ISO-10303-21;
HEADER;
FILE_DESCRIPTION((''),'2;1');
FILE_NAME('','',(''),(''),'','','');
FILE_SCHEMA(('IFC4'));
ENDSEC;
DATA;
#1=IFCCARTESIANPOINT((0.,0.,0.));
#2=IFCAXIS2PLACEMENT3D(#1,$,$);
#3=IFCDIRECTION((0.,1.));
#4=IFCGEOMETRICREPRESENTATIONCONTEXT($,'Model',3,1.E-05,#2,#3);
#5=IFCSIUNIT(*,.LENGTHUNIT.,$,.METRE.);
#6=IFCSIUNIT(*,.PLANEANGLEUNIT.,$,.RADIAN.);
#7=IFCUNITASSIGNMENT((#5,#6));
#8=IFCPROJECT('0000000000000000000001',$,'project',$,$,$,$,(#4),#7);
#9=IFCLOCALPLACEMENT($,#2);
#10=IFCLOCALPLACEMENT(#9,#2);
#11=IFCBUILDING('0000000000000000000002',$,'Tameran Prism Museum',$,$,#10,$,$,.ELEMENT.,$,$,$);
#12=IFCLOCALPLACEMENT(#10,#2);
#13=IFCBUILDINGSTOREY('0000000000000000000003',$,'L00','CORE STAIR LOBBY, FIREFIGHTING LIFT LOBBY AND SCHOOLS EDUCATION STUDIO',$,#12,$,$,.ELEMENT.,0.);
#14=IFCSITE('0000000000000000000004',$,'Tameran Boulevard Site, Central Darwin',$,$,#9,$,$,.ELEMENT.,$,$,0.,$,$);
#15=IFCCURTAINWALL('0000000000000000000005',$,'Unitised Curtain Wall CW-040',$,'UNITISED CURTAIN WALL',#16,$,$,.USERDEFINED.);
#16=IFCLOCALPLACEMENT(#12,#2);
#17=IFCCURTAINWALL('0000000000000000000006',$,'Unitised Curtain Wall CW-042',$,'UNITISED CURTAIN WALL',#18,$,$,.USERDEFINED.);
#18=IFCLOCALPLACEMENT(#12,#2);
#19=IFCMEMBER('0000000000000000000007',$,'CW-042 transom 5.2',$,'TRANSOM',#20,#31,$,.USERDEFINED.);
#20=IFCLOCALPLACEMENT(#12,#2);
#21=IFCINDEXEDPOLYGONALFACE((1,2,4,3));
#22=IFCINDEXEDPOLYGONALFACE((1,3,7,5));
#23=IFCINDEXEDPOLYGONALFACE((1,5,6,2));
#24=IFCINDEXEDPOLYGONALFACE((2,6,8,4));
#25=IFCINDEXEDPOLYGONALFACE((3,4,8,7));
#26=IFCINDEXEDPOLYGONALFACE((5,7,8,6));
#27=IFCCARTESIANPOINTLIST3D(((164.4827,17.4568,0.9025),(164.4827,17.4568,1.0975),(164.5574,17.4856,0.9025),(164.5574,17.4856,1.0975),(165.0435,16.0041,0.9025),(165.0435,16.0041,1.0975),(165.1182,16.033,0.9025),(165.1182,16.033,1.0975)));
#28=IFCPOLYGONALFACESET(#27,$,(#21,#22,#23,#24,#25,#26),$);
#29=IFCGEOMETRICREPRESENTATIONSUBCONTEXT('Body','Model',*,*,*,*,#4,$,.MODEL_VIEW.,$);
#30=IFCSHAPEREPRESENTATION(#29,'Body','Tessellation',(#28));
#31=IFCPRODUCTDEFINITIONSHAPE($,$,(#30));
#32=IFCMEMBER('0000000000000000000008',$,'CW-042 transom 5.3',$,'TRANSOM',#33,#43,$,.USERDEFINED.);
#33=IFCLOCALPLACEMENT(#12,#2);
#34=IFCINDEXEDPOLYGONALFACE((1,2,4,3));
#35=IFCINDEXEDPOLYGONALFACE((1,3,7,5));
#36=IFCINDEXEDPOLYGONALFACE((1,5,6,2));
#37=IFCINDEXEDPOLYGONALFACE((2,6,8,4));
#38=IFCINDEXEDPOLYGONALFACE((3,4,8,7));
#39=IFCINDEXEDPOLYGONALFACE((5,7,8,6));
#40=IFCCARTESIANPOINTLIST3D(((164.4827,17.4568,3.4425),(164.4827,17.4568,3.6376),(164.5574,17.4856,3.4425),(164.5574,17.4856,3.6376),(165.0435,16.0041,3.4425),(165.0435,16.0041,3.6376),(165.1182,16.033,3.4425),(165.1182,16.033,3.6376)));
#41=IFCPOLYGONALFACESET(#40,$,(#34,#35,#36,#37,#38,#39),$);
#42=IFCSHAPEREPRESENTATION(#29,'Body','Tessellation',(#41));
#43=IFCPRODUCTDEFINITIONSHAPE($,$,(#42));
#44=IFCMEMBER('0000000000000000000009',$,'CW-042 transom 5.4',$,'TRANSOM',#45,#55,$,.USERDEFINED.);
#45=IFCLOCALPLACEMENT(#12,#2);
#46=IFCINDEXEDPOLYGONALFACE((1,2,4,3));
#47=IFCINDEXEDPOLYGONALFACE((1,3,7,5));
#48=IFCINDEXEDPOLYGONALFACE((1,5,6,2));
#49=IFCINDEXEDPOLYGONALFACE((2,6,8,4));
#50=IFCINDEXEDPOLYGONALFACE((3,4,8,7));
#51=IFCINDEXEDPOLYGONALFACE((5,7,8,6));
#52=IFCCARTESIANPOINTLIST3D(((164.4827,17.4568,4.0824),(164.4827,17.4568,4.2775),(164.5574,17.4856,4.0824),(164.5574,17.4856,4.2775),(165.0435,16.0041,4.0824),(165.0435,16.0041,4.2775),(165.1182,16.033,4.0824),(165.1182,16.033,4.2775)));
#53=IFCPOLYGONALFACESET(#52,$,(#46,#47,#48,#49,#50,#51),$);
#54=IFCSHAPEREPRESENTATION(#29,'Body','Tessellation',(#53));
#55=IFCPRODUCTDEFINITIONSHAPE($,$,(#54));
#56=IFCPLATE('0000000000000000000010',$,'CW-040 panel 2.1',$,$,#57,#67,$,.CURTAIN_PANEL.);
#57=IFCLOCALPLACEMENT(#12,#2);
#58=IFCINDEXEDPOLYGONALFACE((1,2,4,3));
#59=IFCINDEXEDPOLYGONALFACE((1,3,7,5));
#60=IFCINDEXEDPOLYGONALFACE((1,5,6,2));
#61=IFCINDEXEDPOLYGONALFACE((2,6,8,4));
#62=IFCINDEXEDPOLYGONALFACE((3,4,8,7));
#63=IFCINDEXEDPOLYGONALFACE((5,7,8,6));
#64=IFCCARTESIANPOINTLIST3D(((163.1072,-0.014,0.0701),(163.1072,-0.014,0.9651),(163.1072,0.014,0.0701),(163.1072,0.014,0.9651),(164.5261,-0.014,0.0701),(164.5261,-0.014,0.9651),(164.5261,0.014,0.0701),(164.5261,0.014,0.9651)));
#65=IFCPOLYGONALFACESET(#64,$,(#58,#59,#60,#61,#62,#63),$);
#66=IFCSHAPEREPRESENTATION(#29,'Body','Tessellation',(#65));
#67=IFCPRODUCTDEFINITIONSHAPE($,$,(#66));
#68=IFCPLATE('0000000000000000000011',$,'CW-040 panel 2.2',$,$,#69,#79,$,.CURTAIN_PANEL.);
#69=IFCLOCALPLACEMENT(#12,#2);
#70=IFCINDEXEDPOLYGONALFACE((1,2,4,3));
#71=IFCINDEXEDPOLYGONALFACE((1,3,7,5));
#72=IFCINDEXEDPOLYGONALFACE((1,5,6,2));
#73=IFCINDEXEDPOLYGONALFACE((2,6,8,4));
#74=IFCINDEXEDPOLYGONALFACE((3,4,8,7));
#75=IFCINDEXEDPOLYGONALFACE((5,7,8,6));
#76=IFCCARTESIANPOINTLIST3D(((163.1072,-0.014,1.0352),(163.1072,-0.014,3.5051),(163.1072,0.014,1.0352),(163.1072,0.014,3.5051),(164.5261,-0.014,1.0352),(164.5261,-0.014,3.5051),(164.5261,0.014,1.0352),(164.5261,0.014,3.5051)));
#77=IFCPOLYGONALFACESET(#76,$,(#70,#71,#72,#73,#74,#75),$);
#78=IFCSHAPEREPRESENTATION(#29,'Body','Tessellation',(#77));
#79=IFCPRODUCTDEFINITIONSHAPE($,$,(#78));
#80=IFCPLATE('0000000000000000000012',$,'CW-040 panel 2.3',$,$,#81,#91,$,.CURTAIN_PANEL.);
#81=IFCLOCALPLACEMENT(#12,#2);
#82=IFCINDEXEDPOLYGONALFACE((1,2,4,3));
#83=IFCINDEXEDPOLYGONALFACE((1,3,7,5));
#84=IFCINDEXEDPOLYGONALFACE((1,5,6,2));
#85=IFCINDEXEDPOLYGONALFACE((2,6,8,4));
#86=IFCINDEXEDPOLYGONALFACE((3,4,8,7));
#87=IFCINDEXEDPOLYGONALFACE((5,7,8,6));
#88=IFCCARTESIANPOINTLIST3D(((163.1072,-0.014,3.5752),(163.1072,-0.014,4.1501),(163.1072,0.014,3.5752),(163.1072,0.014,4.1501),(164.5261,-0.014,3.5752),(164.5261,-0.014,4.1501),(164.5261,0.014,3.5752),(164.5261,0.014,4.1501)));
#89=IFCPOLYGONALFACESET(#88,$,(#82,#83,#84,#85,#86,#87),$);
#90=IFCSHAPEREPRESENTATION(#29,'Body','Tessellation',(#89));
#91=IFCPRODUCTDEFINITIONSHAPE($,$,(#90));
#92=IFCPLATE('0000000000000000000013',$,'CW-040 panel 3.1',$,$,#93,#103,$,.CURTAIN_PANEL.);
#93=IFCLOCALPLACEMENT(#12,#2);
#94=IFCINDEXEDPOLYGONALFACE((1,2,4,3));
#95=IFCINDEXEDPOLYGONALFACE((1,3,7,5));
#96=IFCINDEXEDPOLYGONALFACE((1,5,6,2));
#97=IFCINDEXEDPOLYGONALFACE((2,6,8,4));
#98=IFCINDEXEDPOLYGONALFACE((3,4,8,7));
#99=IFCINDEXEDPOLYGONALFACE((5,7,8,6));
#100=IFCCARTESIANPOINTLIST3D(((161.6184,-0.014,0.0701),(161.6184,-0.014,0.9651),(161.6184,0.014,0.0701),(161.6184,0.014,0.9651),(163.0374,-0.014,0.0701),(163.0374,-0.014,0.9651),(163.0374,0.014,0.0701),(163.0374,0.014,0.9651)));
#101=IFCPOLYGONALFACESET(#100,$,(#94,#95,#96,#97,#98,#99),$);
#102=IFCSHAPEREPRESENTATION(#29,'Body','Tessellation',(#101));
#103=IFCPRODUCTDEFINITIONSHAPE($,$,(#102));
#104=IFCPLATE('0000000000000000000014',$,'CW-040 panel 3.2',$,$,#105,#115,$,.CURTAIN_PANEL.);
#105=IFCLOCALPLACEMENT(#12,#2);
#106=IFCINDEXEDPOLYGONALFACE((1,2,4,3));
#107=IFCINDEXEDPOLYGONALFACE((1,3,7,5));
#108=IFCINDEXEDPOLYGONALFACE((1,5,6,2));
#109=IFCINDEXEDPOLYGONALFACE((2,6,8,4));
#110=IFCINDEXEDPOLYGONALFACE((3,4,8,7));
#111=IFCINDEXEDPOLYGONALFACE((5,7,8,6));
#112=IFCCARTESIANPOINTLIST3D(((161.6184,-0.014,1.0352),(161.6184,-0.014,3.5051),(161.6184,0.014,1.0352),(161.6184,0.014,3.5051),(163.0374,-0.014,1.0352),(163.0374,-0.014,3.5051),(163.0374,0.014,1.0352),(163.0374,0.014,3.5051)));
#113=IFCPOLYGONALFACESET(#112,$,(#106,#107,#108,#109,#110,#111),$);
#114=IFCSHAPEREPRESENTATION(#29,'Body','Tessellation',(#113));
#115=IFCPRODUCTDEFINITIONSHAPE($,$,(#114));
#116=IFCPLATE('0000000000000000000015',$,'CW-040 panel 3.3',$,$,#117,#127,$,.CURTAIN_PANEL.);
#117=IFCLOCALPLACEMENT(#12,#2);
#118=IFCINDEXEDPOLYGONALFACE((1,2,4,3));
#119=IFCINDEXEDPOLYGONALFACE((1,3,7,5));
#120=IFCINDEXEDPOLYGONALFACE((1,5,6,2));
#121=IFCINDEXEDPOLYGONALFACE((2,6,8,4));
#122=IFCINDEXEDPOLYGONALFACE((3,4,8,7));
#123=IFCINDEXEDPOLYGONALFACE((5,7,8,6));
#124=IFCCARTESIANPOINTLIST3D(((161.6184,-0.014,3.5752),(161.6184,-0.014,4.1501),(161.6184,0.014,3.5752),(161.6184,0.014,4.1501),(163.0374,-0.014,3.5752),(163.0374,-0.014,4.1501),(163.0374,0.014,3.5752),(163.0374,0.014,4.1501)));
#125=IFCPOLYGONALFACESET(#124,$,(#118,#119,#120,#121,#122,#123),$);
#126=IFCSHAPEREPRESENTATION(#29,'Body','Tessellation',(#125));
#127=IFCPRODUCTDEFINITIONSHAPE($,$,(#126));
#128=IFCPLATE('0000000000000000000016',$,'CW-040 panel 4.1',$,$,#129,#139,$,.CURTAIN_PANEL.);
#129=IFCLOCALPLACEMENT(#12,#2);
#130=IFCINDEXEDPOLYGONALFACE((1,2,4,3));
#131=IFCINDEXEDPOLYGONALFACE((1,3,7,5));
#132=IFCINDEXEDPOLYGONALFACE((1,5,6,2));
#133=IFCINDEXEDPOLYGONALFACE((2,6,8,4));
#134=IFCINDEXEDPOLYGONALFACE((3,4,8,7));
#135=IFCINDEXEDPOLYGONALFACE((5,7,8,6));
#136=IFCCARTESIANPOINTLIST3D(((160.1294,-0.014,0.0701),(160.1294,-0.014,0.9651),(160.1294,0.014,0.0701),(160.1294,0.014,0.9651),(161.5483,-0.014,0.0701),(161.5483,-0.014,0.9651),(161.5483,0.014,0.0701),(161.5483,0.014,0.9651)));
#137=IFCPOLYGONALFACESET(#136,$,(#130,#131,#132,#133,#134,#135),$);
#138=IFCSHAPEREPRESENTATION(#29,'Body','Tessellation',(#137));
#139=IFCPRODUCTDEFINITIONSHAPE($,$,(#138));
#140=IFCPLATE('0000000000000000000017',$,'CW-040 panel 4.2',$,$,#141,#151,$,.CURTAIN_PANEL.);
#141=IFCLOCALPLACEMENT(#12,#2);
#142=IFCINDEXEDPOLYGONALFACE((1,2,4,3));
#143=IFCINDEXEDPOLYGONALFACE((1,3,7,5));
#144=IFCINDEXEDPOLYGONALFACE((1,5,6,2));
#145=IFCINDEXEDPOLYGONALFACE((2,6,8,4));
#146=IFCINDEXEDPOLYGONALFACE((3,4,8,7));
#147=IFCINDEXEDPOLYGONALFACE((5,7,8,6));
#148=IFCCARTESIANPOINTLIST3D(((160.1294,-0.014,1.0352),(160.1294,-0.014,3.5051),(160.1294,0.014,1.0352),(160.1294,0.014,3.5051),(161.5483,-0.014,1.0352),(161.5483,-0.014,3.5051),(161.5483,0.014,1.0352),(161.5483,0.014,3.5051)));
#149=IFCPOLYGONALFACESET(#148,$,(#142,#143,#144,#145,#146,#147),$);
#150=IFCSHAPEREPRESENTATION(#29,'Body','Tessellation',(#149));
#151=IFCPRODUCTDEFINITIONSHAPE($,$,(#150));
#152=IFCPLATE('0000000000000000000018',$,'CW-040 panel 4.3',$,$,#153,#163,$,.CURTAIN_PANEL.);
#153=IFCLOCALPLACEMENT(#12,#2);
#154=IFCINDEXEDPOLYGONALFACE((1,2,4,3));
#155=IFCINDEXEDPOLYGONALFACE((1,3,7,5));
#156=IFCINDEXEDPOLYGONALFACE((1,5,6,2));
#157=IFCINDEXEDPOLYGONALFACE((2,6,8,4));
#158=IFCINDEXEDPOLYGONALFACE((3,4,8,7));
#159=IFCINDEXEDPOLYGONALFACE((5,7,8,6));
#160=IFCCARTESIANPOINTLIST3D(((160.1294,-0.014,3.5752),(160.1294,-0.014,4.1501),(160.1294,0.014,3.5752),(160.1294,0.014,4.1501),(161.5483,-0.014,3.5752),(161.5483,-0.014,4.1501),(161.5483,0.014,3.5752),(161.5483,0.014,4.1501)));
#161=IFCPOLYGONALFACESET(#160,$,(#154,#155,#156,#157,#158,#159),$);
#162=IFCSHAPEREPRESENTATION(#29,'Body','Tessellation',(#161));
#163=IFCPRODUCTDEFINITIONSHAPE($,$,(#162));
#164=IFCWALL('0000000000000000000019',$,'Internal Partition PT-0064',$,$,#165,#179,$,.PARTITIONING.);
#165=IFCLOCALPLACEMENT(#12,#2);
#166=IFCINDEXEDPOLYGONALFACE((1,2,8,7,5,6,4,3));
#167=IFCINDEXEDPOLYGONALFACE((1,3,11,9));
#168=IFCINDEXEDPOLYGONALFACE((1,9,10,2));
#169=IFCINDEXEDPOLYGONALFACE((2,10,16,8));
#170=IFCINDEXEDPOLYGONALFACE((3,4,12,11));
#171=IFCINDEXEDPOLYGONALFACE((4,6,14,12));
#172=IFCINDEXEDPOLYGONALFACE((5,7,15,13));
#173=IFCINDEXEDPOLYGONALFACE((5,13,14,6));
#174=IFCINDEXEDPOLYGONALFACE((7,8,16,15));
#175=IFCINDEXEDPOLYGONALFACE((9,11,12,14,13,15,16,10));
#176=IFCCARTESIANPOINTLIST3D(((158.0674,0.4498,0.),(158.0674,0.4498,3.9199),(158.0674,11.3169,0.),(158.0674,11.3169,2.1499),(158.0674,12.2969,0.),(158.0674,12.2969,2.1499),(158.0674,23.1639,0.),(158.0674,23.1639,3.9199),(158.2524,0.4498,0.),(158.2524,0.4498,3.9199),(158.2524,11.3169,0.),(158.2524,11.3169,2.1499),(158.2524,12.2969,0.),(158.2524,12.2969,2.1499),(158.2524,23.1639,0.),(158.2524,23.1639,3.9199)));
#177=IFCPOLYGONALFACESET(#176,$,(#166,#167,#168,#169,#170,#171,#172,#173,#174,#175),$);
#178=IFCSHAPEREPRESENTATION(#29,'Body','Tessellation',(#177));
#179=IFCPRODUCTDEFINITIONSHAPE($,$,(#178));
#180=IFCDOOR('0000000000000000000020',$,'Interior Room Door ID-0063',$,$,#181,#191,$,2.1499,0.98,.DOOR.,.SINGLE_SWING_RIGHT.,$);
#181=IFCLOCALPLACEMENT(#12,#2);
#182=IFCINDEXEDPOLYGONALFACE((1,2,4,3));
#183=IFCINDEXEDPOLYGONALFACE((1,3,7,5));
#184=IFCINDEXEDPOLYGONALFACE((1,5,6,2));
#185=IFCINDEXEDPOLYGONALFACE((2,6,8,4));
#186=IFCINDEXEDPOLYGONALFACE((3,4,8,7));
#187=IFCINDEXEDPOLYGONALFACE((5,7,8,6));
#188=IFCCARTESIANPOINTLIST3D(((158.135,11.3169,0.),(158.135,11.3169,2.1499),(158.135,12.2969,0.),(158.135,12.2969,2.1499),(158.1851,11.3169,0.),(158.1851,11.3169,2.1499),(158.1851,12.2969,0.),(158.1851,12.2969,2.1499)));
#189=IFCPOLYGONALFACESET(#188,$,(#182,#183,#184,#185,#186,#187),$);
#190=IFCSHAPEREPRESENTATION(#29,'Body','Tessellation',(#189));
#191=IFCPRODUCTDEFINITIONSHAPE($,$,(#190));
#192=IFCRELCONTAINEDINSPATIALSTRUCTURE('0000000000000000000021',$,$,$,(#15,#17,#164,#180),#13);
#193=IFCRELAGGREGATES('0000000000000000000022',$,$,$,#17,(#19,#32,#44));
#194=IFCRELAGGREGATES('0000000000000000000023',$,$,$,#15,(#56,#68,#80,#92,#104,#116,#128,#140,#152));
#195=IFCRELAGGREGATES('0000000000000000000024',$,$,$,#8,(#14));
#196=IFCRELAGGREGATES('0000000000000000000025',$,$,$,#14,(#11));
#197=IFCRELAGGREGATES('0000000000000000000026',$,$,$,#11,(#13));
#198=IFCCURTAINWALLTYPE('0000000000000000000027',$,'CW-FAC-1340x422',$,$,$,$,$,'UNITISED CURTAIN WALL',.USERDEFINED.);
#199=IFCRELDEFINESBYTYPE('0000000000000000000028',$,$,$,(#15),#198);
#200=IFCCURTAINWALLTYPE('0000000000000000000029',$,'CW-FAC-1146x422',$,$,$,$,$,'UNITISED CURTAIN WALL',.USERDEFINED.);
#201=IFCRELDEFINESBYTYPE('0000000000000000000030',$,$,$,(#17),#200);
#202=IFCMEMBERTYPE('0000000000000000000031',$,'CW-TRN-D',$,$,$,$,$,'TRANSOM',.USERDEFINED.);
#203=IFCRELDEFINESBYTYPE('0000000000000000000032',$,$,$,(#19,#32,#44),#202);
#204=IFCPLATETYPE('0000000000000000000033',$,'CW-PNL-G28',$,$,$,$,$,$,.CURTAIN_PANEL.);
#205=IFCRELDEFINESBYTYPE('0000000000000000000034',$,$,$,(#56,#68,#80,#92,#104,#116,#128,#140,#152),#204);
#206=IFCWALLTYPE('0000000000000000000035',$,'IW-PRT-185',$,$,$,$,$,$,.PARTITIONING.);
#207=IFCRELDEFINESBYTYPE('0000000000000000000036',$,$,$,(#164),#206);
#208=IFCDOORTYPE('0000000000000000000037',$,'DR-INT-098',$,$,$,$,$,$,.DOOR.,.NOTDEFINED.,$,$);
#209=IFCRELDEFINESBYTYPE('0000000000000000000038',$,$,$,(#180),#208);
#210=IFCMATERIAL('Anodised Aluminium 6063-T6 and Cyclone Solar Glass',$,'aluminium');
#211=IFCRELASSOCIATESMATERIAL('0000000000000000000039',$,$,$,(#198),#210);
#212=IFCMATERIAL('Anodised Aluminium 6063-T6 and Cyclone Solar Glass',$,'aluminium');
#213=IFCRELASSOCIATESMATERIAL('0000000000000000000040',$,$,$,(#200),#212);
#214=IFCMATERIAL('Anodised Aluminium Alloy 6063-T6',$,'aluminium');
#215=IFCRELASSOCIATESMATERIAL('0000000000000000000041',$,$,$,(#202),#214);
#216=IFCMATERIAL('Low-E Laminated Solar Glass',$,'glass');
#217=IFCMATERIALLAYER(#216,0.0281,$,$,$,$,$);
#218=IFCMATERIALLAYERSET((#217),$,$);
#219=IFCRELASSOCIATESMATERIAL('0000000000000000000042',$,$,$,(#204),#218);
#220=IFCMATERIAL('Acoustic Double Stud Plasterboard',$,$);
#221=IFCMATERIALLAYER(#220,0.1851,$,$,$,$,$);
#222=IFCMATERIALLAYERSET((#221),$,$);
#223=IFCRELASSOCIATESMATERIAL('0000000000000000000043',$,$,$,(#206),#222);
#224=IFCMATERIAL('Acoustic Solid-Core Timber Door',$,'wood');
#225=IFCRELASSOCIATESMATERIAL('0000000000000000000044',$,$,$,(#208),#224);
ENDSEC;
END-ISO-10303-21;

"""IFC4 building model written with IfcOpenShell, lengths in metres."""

from ifc_helpers import new_model, si_unit, direction, frame, frame_2d, origin, origin_2d, place, context, subcontext, project, spatial, rectangle, extrude, material, layer, layer_set, material_profile, profile_set, type_object, element, fill, aggregate, save


model = new_model("IFC4")

# Units and contexts
model_context = context("Model", 3, precision=1e-05, world=origin(), true_north=direction((0.0, 1.0)))
body_context = subcontext(model_context, "Body", "Model", "MODEL_VIEW")
ifc_project = project(units=[si_unit("LENGTHUNIT", "METRE"), si_unit("PLANEANGLEUNIT", "RADIAN")], contexts=[model_context])

# Site, building, storey
site_placement = place(None, origin())
site = spatial("IfcSite", under=ifc_project, at=site_placement, Name="Tameran Boulevard Site, Central Darwin", CompositionType="ELEMENT", RefElevation=0.0)
building_placement = place(site_placement, origin())
building = spatial("IfcBuilding", under=site, at=building_placement, Name="Tameran Prism Museum", CompositionType="ELEMENT")
storey_placement = place(building_placement, origin())
storey = spatial("IfcBuildingStorey", under=building, at=storey_placement, Name="L00", Description="CORE STAIR LOBBY, FIREFIGHTING LIFT LOBBY AND SCHOOLS EDUCATION STUDIO", CompositionType="ELEMENT", Elevation=0.0)

# Curtain walls, members
ifc_material_1 = material(Name="Anodised Aluminium 6063-T6 and Cyclone Solar Glass", Category="aluminium")
curtain_wall_type_1 = type_object("IfcCurtainWallType", Name="CW-FAC-1340x422", ElementType="UNITISED CURTAIN WALL", PredefinedType="USERDEFINED", material=ifc_material_1)
curtain_wall_1_placement = place(storey_placement, origin())
curtain_wall_1 = element("IfcCurtainWall", 1, at=curtain_wall_1_placement, inside=storey, type_object=curtain_wall_type_1, Name="Unitised Curtain Wall CW-040", ObjectType="UNITISED CURTAIN WALL", PredefinedType="USERDEFINED")
ifc_material_2 = material(Name="Anodised Aluminium 6063-T6 and Cyclone Solar Glass", Category="aluminium")
curtain_wall_type_2 = type_object("IfcCurtainWallType", Name="CW-FAC-1146x422", ElementType="UNITISED CURTAIN WALL", PredefinedType="USERDEFINED", material=ifc_material_2)
curtain_wall_2_placement = place(storey_placement, origin())
curtain_wall_2 = element("IfcCurtainWall", 2, at=curtain_wall_2_placement, inside=storey, type_object=curtain_wall_type_2, Name="Unitised Curtain Wall CW-042", ObjectType="UNITISED CURTAIN WALL", PredefinedType="USERDEFINED")
ifc_material_3 = material(Name="Anodised Aluminium Alloy 6063-T6", Category="aluminium")
ifc_material_profile_1 = material_profile(ifc_material_3, rectangle(XDim=0.0801, YDim=0.1951, at=origin_2d()))
ifc_profile_set_1 = profile_set([ifc_material_profile_1])
member_type_1 = type_object("IfcMemberType", Name="CW-TRN-D", ElementType="TRANSOM", PredefinedType="USERDEFINED", material=ifc_profile_set_1)
member_1_placement = place(storey_placement, frame((164.52, 17.4712, 1.0), z_axis=(0.360145, -0.932896, 0.0), x_axis=(0.932896, 0.360145, 0.0)))
member_1 = element("IfcMember", 3, at=member_1_placement, type_object=member_type_1, Name="CW-042 transom 5.2", ObjectType="TRANSOM", PredefinedType="USERDEFINED", context=body_context, shape_type="SweptSolid", body=[
    extrude(rectangle(XDim=0.0801, YDim=0.1951, at=origin_2d()), origin(), (0.0, 0.0, 1.0), 1.5571),
])
member_2_placement = place(storey_placement, frame((164.52, 17.4712, 3.54), z_axis=(0.360145, -0.932896, 0.0), x_axis=(0.932896, 0.360145, 0.0)))
member_2 = element("IfcMember", 4, at=member_2_placement, type_object=member_type_1, Name="CW-042 transom 5.3", ObjectType="TRANSOM", PredefinedType="USERDEFINED", context=body_context, shape_type="SweptSolid", body=[
    extrude(rectangle(XDim=0.0801, YDim=0.1951, at=origin_2d()), origin(), (0.0, 0.0, 1.0), 1.5571),
])
member_3_placement = place(storey_placement, frame((164.52, 17.4712, 4.1799), z_axis=(0.360145, -0.932896, 0.0), x_axis=(0.932896, 0.360145, 0.0)))
member_3 = element("IfcMember", 5, at=member_3_placement, type_object=member_type_1, Name="CW-042 transom 5.4", ObjectType="TRANSOM", PredefinedType="USERDEFINED", context=body_context, shape_type="SweptSolid", body=[
    extrude(rectangle(XDim=0.0801, YDim=0.1951, at=origin_2d()), origin(), (0.0, 0.0, 1.0), 1.5571),
])
aggregate(curtain_wall_2, [member_1, member_2, member_3])

# Plates
ifc_material_4 = material(Name="Low-E Laminated Solar Glass", Category="glass")
ifc_layer_1 = layer(ifc_material_4, 0.0281)
ifc_layer_set_1 = layer_set([ifc_layer_1])
plate_type = type_object("IfcPlateType", Name="CW-PNL-G28", PredefinedType="CURTAIN_PANEL", material=ifc_layer_set_1)
plate_1_placement = place(storey_placement, frame((163.8167, 0.0, 0.0701), z_axis=(0.0, 0.0, 1.0), x_axis=(-1.0, 0.0, 0.0)))
plate_1 = element("IfcPlate", 6, at=plate_1_placement, type_object=plate_type, Name="CW-040 panel 2.1", PredefinedType="CURTAIN_PANEL", context=body_context, shape_type="SweptSolid", body=[
    extrude(rectangle(XDim=1.4189, YDim=0.0281, at=origin_2d()), origin(), (0.0, 0.0, 1.0), 0.895),
])
plate_2_placement = place(storey_placement, frame((163.8167, 0.0, 1.0352), z_axis=(0.0, 0.0, 1.0), x_axis=(-1.0, 0.0, 0.0)))
plate_2 = element("IfcPlate", 7, at=plate_2_placement, type_object=plate_type, Name="CW-040 panel 2.2", PredefinedType="CURTAIN_PANEL", context=body_context, shape_type="SweptSolid", body=[
    extrude(rectangle(XDim=1.4189, YDim=0.0281, at=origin_2d()), origin(), (0.0, 0.0, 1.0), 2.47),
])
plate_3_placement = place(storey_placement, frame((163.8167, 0.0, 3.5752), z_axis=(0.0, 0.0, 1.0), x_axis=(-1.0, 0.0, 0.0)))
plate_3 = element("IfcPlate", 8, at=plate_3_placement, type_object=plate_type, Name="CW-040 panel 2.3", PredefinedType="CURTAIN_PANEL", context=body_context, shape_type="SweptSolid", body=[
    extrude(rectangle(XDim=1.4189, YDim=0.0281, at=origin_2d()), origin(), (0.0, 0.0, 1.0), 0.575),
])
plate_4_placement = place(storey_placement, frame((162.3279, 0.0, 0.0701), z_axis=(0.0, 0.0, 1.0), x_axis=(-1.0, 0.0, 0.0)))
plate_4 = element("IfcPlate", 9, at=plate_4_placement, type_object=plate_type, Name="CW-040 panel 3.1", PredefinedType="CURTAIN_PANEL", context=body_context, shape_type="SweptSolid", body=[
    extrude(rectangle(XDim=1.4189, YDim=0.0281, at=origin_2d()), origin(), (0.0, 0.0, 1.0), 0.895),
])
plate_5_placement = place(storey_placement, frame((162.3279, 0.0, 1.0352), z_axis=(0.0, 0.0, 1.0), x_axis=(-1.0, 0.0, 0.0)))
plate_5 = element("IfcPlate", 10, at=plate_5_placement, type_object=plate_type, Name="CW-040 panel 3.2", PredefinedType="CURTAIN_PANEL", context=body_context, shape_type="SweptSolid", body=[
    extrude(rectangle(XDim=1.4189, YDim=0.0281, at=origin_2d()), origin(), (0.0, 0.0, 1.0), 2.47),
])
plate_6_placement = place(storey_placement, frame((162.3279, 0.0, 3.5752), z_axis=(0.0, 0.0, 1.0), x_axis=(-1.0, 0.0, 0.0)))
plate_6 = element("IfcPlate", 11, at=plate_6_placement, type_object=plate_type, Name="CW-040 panel 3.3", PredefinedType="CURTAIN_PANEL", context=body_context, shape_type="SweptSolid", body=[
    extrude(rectangle(XDim=1.4189, YDim=0.0281, at=origin_2d()), origin(), (0.0, 0.0, 1.0), 0.575),
])
plate_7_placement = place(storey_placement, frame((160.8389, 0.0, 0.0701), z_axis=(0.0, 0.0, 1.0), x_axis=(-1.0, 0.0, 0.0)))
plate_7 = element("IfcPlate", 12, at=plate_7_placement, type_object=plate_type, Name="CW-040 panel 4.1", PredefinedType="CURTAIN_PANEL", context=body_context, shape_type="SweptSolid", body=[
    extrude(rectangle(XDim=1.4189, YDim=0.0281, at=origin_2d()), origin(), (0.0, 0.0, 1.0), 0.895),
])
plate_8_placement = place(storey_placement, frame((160.8389, 0.0, 1.0352), z_axis=(0.0, 0.0, 1.0), x_axis=(-1.0, 0.0, 0.0)))
plate_8 = element("IfcPlate", 13, at=plate_8_placement, type_object=plate_type, Name="CW-040 panel 4.2", PredefinedType="CURTAIN_PANEL", context=body_context, shape_type="SweptSolid", body=[
    extrude(rectangle(XDim=1.4189, YDim=0.0281, at=origin_2d()), origin(), (0.0, 0.0, 1.0), 2.47),
])
plate_9_placement = place(storey_placement, frame((160.8389, 0.0, 3.5752), z_axis=(0.0, 0.0, 1.0), x_axis=(-1.0, 0.0, 0.0)))
plate_9 = element("IfcPlate", 14, at=plate_9_placement, type_object=plate_type, Name="CW-040 panel 4.3", PredefinedType="CURTAIN_PANEL", context=body_context, shape_type="SweptSolid", body=[
    extrude(rectangle(XDim=1.4189, YDim=0.0281, at=origin_2d()), origin(), (0.0, 0.0, 1.0), 0.575),
])
aggregate(curtain_wall_1, [plate_1, plate_2, plate_3, plate_4, plate_5, plate_6, plate_7, plate_8, plate_9])

# Wall, opening, door
ifc_material_5 = material(Name="Acoustic Double Stud Plasterboard")
ifc_layer_2 = layer(ifc_material_5, 0.1851)
ifc_layer_set_2 = layer_set([ifc_layer_2])
wall_type = type_object("IfcWallType", Name="IW-PRT-185", PredefinedType="PARTITIONING", material=ifc_layer_set_2)
wall_placement = place(storey_placement, frame((158.1599, 0.45, 0.0), z_axis=(0.0, 0.0, 1.0), x_axis=(0.0, 1.0, 0.0)))
wall = element("IfcWall", 15, at=wall_placement, inside=storey, type_object=wall_type, Name="Internal Partition PT-0064", PredefinedType="PARTITIONING", context=body_context, shape_type="SweptSolid", body=[
    extrude(rectangle(XDim=22.7141, YDim=0.1851, at=frame_2d((11.3569, 0.0))), origin(), (0.0, 0.0, 1.0), 3.9199),
])
opening_placement = place(wall_placement, frame((10.8669, 0.0, 0.0)))
opening = element("IfcOpeningElement", 16, at=opening_placement, cuts=wall, PredefinedType="OPENING", context=body_context, shape_type="SweptSolid", body=[
    extrude(rectangle(XDim=0.98, YDim=2.1499, at=frame_2d((0.49, 1.075))), frame((0.0, 0.1025, 0.0), z_axis=(0.0, -1.0, 0.0), x_axis=(1.0, 0.0, 0.0)), (0.0, 0.0, 1.0), 0.2051),
])
ifc_material_6 = material(Name="Acoustic Solid-Core Timber Door", Category="wood")
door_type = type_object("IfcDoorType", Name="DR-INT-098", OperationType="NOTDEFINED", PredefinedType="DOOR", material=ifc_material_6)
door_placement = place(opening_placement, origin())
door = element("IfcDoor", 17, at=door_placement, inside=storey, type_object=door_type, Name="Interior Room Door ID-0063", OperationType="SINGLE_SWING_RIGHT", OverallHeight=2.1499, OverallWidth=0.98, PredefinedType="DOOR", context=body_context, shape_type="SweptSolid", body=[
    extrude(rectangle(XDim=0.98, YDim=2.1499, at=frame_2d((0.49, 1.075))), frame((0.0, 0.0249, 0.0), z_axis=(0.0, -1.0, 0.0), x_axis=(1.0, 0.0, 0.0)), (0.0, 0.0, 1.0), 0.05),
])
fill(opening, door)

save(model, "model.ifc")
